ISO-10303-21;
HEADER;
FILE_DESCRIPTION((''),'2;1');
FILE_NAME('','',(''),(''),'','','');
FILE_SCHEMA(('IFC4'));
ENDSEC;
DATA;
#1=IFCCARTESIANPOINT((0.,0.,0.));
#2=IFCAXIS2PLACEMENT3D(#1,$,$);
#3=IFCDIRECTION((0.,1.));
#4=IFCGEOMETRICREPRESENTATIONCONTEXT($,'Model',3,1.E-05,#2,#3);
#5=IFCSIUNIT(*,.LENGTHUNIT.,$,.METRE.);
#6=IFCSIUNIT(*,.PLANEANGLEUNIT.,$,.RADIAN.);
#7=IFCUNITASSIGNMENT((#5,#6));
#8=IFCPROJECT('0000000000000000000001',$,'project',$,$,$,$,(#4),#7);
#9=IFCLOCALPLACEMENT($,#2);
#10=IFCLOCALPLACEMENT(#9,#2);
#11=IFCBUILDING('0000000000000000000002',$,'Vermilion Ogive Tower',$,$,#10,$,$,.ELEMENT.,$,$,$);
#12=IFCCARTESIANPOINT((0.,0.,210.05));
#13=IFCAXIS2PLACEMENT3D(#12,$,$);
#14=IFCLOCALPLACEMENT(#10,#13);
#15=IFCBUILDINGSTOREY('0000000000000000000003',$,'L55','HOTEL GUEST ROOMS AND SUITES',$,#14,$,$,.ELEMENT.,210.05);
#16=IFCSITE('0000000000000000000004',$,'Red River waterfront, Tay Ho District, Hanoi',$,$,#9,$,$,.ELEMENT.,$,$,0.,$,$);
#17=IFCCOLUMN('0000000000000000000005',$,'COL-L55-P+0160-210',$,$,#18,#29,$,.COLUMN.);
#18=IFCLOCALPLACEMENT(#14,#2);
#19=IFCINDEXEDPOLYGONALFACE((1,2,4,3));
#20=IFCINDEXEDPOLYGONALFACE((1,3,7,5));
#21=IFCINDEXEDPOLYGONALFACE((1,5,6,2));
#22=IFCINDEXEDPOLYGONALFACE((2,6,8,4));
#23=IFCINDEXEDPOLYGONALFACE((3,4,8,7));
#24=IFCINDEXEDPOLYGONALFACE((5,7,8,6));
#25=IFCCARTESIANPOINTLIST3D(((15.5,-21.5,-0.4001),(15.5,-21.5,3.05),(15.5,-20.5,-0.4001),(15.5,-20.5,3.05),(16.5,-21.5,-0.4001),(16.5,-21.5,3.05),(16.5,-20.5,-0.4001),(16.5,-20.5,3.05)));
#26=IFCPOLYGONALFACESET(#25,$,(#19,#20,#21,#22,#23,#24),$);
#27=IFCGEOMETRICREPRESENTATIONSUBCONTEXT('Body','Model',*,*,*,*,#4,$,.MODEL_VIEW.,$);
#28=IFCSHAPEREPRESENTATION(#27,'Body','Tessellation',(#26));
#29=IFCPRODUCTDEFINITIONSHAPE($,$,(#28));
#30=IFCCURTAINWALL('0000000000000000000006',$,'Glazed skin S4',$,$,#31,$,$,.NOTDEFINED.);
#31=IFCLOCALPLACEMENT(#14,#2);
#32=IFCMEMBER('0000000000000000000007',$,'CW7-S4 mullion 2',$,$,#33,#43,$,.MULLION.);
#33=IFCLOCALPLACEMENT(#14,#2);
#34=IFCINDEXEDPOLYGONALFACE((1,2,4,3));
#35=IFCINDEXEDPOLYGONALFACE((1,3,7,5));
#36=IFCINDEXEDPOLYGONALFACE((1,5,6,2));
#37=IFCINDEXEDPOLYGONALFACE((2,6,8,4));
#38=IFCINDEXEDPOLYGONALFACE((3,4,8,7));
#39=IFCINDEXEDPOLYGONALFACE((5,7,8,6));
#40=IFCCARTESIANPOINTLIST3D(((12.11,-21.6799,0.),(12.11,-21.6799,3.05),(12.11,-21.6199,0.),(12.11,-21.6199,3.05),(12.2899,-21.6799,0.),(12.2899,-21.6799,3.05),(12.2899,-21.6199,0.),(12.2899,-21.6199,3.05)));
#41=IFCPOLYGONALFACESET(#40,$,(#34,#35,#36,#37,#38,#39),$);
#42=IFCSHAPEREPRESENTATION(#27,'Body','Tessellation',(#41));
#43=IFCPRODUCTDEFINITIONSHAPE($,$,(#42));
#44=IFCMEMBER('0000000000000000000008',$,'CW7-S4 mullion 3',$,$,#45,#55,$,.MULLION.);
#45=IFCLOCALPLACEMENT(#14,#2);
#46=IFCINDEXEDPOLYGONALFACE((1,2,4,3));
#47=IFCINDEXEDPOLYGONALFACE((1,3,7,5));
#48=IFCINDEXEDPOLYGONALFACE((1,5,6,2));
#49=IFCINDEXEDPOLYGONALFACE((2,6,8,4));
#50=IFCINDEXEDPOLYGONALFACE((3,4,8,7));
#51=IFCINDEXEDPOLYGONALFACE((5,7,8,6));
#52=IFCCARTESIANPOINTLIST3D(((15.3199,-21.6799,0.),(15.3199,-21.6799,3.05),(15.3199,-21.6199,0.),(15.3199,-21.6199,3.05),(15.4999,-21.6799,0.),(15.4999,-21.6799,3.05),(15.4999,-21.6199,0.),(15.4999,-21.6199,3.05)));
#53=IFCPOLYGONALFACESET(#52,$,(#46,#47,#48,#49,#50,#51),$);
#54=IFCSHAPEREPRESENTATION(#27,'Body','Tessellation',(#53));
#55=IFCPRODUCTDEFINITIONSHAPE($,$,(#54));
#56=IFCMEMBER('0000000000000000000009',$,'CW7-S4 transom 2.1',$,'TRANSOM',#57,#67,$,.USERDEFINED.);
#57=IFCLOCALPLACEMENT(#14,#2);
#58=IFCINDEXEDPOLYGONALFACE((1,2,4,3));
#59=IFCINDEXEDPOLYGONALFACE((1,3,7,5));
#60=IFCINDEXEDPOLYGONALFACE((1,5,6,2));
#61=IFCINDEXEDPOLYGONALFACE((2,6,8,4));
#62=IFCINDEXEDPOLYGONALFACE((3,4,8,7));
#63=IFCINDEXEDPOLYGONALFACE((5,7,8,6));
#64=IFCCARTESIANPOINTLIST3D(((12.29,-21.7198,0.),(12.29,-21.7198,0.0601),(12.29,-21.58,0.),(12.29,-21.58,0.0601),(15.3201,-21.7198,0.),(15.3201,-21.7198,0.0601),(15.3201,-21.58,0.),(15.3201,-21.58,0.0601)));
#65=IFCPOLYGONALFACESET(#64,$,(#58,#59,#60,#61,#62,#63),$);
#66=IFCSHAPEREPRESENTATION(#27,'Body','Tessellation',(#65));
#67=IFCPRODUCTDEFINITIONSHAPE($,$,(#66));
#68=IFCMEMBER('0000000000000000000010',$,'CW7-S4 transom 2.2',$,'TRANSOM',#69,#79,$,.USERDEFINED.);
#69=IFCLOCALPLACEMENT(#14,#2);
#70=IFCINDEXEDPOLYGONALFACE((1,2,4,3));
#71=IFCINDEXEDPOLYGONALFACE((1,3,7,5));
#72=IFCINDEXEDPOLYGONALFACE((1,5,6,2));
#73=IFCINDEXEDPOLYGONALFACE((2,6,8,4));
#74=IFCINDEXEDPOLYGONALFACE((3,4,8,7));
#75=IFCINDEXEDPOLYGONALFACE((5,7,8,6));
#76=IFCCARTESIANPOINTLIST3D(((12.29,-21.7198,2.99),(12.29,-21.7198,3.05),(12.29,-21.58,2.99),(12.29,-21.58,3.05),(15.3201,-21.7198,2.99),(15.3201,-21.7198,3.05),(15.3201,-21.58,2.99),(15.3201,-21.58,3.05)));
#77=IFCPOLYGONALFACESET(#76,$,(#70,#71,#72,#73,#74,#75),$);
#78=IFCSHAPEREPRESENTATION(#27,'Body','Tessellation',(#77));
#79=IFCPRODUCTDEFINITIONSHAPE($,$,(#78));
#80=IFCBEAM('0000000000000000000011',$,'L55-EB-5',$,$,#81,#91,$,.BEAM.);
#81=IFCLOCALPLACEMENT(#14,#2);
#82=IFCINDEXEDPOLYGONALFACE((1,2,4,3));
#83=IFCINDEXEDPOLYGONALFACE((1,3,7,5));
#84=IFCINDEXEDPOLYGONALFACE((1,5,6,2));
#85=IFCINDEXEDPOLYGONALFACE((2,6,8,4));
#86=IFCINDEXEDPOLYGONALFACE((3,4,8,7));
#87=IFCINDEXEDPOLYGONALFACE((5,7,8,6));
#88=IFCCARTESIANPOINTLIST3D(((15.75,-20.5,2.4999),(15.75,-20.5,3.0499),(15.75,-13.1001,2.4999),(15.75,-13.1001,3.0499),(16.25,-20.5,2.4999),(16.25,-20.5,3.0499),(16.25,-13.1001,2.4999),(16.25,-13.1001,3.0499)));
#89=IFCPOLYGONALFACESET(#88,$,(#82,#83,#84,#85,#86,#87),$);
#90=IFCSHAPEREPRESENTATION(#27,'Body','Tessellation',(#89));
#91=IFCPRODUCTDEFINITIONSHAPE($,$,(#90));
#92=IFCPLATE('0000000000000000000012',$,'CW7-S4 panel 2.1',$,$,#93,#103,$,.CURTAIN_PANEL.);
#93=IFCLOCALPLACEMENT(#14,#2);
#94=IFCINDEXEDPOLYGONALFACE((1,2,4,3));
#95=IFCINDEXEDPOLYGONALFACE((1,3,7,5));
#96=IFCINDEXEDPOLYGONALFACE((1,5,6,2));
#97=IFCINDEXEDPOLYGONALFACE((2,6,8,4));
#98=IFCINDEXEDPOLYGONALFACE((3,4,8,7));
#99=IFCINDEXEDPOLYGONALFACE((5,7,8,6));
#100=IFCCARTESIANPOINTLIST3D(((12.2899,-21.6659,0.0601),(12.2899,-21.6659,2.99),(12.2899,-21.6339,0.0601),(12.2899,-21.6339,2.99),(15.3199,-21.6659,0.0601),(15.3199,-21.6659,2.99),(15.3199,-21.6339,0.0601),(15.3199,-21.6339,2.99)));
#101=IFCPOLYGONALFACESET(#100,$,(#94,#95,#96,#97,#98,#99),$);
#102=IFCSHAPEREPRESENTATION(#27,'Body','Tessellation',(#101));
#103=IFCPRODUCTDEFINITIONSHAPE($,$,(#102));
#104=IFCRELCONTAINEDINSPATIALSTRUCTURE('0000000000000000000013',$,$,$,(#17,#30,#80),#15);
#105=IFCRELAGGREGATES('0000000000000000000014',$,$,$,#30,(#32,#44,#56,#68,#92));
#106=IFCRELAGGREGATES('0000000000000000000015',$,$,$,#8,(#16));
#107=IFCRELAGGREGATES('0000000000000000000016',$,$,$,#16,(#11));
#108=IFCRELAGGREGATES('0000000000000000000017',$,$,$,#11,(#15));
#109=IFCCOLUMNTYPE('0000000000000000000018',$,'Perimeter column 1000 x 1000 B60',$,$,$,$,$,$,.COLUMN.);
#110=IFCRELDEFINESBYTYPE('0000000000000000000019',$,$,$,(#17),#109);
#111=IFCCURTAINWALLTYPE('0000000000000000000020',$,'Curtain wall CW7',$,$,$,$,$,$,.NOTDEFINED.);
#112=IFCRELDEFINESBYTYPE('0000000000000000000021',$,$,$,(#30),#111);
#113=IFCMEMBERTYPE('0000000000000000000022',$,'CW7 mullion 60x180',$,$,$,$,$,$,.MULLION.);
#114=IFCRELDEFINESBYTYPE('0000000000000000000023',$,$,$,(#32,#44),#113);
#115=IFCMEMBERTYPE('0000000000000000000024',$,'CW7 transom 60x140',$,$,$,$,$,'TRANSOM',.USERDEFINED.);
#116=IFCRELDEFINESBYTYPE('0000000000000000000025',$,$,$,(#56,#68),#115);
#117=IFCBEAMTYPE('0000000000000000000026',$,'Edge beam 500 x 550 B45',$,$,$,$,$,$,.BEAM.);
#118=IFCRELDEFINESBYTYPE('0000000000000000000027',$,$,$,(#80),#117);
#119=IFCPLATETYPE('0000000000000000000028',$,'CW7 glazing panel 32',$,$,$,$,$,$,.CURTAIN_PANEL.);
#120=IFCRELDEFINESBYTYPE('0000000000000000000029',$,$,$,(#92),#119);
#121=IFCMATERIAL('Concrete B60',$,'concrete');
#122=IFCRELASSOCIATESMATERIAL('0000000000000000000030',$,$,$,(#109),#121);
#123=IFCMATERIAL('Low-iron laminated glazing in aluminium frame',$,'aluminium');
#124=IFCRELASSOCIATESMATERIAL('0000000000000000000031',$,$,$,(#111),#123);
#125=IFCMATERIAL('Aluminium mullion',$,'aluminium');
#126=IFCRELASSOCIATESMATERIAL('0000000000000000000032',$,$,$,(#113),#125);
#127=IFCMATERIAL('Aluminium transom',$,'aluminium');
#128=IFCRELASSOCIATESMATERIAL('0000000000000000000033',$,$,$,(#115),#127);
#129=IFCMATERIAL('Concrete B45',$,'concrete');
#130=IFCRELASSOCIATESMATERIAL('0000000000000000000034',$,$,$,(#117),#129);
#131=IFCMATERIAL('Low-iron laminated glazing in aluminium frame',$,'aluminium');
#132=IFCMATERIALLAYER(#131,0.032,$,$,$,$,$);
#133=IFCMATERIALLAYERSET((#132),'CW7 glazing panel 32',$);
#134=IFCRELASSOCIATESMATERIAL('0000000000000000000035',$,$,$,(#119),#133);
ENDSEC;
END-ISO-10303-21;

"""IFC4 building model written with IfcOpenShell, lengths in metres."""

from ifc_helpers import new_model, si_unit, direction, frame, origin, origin_2d, place, context, subcontext, project, spatial, rectangle, extrude, material, layer, layer_set, material_profile, profile_set, type_object, element, aggregate, save


model = new_model("IFC4")

# Units and contexts
model_context = context("Model", 3, precision=1e-05, world=origin(), true_north=direction((0.0, 1.0)))
body_context = subcontext(model_context, "Body", "Model", "MODEL_VIEW")
ifc_project = project(units=[si_unit("LENGTHUNIT", "METRE"), si_unit("PLANEANGLEUNIT", "RADIAN")], contexts=[model_context])

# Site, building, storey
site_placement = place(None, origin())
site = spatial("IfcSite", under=ifc_project, at=site_placement, Name="Red River waterfront, Tay Ho District, Hanoi", CompositionType="ELEMENT", RefElevation=0.0)
building_placement = place(site_placement, origin())
building = spatial("IfcBuilding", under=site, at=building_placement, Name="Vermilion Ogive Tower", CompositionType="ELEMENT")
storey_placement = place(building_placement, frame((0.0, 0.0, 210.05)))
storey = spatial("IfcBuildingStorey", under=building, at=storey_placement, Name="L55", Description="HOTEL GUEST ROOMS AND SUITES", CompositionType="ELEMENT", Elevation=210.05)

# Column
ifc_material_1 = material(Name="Concrete B60", Category="concrete")
ifc_material_profile_1 = material_profile(ifc_material_1, rectangle(XDim=1.0, YDim=1.0, at=origin_2d()), Name="1000 x 1000")
ifc_profile_set_1 = profile_set([ifc_material_profile_1], Name="Concrete B60")
column_type = type_object("IfcColumnType", Name="Perimeter column 1000 x 1000 B60", PredefinedType="COLUMN", material=ifc_profile_set_1)
column_placement = place(storey_placement, frame((16.0, -21.0, -0.4001), z_axis=(0.0, 0.0, 1.0), x_axis=(1.0, 0.0, 0.0)))
element("IfcColumn", 1, at=column_placement, inside=storey, type_object=column_type, Name="COL-L55-P+0160-210", PredefinedType="COLUMN", context=body_context, shape_type="SweptSolid", body=[
    extrude(rectangle(XDim=1.0, YDim=1.0, at=origin_2d()), origin(), (0.0, 0.0, 1.0), 3.4502),
])

# Curtain wall, members
ifc_material_2 = material(Name="Low-iron laminated glazing in aluminium frame", Category="aluminium")
curtain_wall_type = type_object("IfcCurtainWallType", Name="Curtain wall CW7", PredefinedType="NOTDEFINED", material=ifc_material_2)
curtain_wall_placement = place(storey_placement, origin())
curtain_wall = element("IfcCurtainWall", 2, at=curtain_wall_placement, inside=storey, type_object=curtain_wall_type, Name="Glazed skin S4", PredefinedType="NOTDEFINED")
ifc_material_3 = material(Name="Aluminium mullion", Category="aluminium")
ifc_material_profile_2 = material_profile(ifc_material_3, rectangle(XDim=0.0601, YDim=0.1799, at=origin_2d()), Name="AL 60x180")
ifc_profile_set_2 = profile_set([ifc_material_profile_2], Name="Aluminium mullion")
member_type_1 = type_object("IfcMemberType", Name="CW7 mullion 60x180", PredefinedType="MULLION", material=ifc_profile_set_2)
member_1_placement = place(storey_placement, frame((12.2, -21.6499, 0.0), z_axis=(0.0, 0.0, 1.0), x_axis=(0.0, 1.0, 0.0)))
member_1 = element("IfcMember", 3, at=member_1_placement, type_object=member_type_1, Name="CW7-S4 mullion 2", PredefinedType="MULLION", context=body_context, shape_type="SweptSolid", body=[
    extrude(rectangle(XDim=0.0601, YDim=0.1799, at=origin_2d()), origin(), (0.0, 0.0, 1.0), 3.05),
])
member_2_placement = place(storey_placement, frame((15.4099, -21.6499, 0.0), z_axis=(0.0, 0.0, 1.0), x_axis=(0.0, 1.0, 0.0)))
member_2 = element("IfcMember", 4, at=member_2_placement, type_object=member_type_1, Name="CW7-S4 mullion 3", PredefinedType="MULLION", context=body_context, shape_type="SweptSolid", body=[
    extrude(rectangle(XDim=0.0601, YDim=0.1799, at=origin_2d()), origin(), (0.0, 0.0, 1.0), 3.05),
])
ifc_material_4 = material(Name="Aluminium transom", Category="aluminium")
ifc_material_profile_3 = material_profile(ifc_material_4, rectangle(XDim=0.1399, YDim=0.0601, at=origin_2d()), Name="AL 60x140")
ifc_profile_set_3 = profile_set([ifc_material_profile_3], Name="Aluminium transom")
member_type_2 = type_object("IfcMemberType", Name="CW7 transom 60x140", ElementType="TRANSOM", PredefinedType="USERDEFINED", material=ifc_profile_set_3)
member_3_placement = place(storey_placement, frame((12.29, -21.6499, 0.03), z_axis=(1.0, 0.0, 0.0), x_axis=(0.0, 1.0, 0.0)))
member_3 = element("IfcMember", 5, at=member_3_placement, type_object=member_type_2, Name="CW7-S4 transom 2.1", ObjectType="TRANSOM", PredefinedType="USERDEFINED", context=body_context, shape_type="SweptSolid", body=[
    extrude(rectangle(XDim=0.1399, YDim=0.0601, at=origin_2d()), origin(), (0.0, 0.0, 1.0), 3.03),
])
member_4_placement = place(storey_placement, frame((12.29, -21.6499, 3.02), z_axis=(1.0, 0.0, 0.0), x_axis=(0.0, 1.0, 0.0)))
member_4 = element("IfcMember", 6, at=member_4_placement, type_object=member_type_2, Name="CW7-S4 transom 2.2", ObjectType="TRANSOM", PredefinedType="USERDEFINED", context=body_context, shape_type="SweptSolid", body=[
    extrude(rectangle(XDim=0.1399, YDim=0.0601, at=origin_2d()), origin(), (0.0, 0.0, 1.0), 3.03),
])

# Beam
ifc_material_5 = material(Name="Concrete B45", Category="concrete")
ifc_material_profile_4 = material_profile(ifc_material_5, rectangle(XDim=0.5, YDim=0.55, at=origin_2d()), Name="500 x 550")
ifc_profile_set_4 = profile_set([ifc_material_profile_4], Name="Concrete B45")
beam_type = type_object("IfcBeamType", Name="Edge beam 500 x 550 B45", PredefinedType="BEAM", material=ifc_profile_set_4)
beam_placement = place(storey_placement, frame((16.0, -20.5, 2.7749), z_axis=(0.0, 1.0, 0.0), x_axis=(-1.0, 0.0, 0.0)))
element("IfcBeam", 7, at=beam_placement, inside=storey, type_object=beam_type, Name="L55-EB-5", PredefinedType="BEAM", context=body_context, shape_type="SweptSolid", body=[
    extrude(rectangle(XDim=0.5, YDim=0.55, at=origin_2d()), origin(), (0.0, 0.0, 1.0), 7.3999),
])

# Plate
ifc_material_6 = material(Name="Low-iron laminated glazing in aluminium frame", Category="aluminium")
ifc_layer_1 = layer(ifc_material_6, 0.032)
ifc_layer_set_1 = layer_set([ifc_layer_1], Name="CW7 glazing panel 32")
plate_type = type_object("IfcPlateType", Name="CW7 glazing panel 32", PredefinedType="CURTAIN_PANEL", material=ifc_layer_set_1)
plate_placement = place(storey_placement, frame((13.8049, -21.6499, 0.0601), z_axis=(0.0, 0.0, 1.0), x_axis=(1.0, 0.0, 0.0)))
plate = element("IfcPlate", 8, at=plate_placement, type_object=plate_type, Name="CW7-S4 panel 2.1", PredefinedType="CURTAIN_PANEL", context=body_context, shape_type="SweptSolid", body=[
    extrude(rectangle(XDim=3.03, YDim=0.032, at=origin_2d()), origin(), (0.0, 0.0, 1.0), 2.9299),
])
aggregate(curtain_wall, [member_1, member_2, member_3, member_4, plate])

save(model, "model.ifc")
